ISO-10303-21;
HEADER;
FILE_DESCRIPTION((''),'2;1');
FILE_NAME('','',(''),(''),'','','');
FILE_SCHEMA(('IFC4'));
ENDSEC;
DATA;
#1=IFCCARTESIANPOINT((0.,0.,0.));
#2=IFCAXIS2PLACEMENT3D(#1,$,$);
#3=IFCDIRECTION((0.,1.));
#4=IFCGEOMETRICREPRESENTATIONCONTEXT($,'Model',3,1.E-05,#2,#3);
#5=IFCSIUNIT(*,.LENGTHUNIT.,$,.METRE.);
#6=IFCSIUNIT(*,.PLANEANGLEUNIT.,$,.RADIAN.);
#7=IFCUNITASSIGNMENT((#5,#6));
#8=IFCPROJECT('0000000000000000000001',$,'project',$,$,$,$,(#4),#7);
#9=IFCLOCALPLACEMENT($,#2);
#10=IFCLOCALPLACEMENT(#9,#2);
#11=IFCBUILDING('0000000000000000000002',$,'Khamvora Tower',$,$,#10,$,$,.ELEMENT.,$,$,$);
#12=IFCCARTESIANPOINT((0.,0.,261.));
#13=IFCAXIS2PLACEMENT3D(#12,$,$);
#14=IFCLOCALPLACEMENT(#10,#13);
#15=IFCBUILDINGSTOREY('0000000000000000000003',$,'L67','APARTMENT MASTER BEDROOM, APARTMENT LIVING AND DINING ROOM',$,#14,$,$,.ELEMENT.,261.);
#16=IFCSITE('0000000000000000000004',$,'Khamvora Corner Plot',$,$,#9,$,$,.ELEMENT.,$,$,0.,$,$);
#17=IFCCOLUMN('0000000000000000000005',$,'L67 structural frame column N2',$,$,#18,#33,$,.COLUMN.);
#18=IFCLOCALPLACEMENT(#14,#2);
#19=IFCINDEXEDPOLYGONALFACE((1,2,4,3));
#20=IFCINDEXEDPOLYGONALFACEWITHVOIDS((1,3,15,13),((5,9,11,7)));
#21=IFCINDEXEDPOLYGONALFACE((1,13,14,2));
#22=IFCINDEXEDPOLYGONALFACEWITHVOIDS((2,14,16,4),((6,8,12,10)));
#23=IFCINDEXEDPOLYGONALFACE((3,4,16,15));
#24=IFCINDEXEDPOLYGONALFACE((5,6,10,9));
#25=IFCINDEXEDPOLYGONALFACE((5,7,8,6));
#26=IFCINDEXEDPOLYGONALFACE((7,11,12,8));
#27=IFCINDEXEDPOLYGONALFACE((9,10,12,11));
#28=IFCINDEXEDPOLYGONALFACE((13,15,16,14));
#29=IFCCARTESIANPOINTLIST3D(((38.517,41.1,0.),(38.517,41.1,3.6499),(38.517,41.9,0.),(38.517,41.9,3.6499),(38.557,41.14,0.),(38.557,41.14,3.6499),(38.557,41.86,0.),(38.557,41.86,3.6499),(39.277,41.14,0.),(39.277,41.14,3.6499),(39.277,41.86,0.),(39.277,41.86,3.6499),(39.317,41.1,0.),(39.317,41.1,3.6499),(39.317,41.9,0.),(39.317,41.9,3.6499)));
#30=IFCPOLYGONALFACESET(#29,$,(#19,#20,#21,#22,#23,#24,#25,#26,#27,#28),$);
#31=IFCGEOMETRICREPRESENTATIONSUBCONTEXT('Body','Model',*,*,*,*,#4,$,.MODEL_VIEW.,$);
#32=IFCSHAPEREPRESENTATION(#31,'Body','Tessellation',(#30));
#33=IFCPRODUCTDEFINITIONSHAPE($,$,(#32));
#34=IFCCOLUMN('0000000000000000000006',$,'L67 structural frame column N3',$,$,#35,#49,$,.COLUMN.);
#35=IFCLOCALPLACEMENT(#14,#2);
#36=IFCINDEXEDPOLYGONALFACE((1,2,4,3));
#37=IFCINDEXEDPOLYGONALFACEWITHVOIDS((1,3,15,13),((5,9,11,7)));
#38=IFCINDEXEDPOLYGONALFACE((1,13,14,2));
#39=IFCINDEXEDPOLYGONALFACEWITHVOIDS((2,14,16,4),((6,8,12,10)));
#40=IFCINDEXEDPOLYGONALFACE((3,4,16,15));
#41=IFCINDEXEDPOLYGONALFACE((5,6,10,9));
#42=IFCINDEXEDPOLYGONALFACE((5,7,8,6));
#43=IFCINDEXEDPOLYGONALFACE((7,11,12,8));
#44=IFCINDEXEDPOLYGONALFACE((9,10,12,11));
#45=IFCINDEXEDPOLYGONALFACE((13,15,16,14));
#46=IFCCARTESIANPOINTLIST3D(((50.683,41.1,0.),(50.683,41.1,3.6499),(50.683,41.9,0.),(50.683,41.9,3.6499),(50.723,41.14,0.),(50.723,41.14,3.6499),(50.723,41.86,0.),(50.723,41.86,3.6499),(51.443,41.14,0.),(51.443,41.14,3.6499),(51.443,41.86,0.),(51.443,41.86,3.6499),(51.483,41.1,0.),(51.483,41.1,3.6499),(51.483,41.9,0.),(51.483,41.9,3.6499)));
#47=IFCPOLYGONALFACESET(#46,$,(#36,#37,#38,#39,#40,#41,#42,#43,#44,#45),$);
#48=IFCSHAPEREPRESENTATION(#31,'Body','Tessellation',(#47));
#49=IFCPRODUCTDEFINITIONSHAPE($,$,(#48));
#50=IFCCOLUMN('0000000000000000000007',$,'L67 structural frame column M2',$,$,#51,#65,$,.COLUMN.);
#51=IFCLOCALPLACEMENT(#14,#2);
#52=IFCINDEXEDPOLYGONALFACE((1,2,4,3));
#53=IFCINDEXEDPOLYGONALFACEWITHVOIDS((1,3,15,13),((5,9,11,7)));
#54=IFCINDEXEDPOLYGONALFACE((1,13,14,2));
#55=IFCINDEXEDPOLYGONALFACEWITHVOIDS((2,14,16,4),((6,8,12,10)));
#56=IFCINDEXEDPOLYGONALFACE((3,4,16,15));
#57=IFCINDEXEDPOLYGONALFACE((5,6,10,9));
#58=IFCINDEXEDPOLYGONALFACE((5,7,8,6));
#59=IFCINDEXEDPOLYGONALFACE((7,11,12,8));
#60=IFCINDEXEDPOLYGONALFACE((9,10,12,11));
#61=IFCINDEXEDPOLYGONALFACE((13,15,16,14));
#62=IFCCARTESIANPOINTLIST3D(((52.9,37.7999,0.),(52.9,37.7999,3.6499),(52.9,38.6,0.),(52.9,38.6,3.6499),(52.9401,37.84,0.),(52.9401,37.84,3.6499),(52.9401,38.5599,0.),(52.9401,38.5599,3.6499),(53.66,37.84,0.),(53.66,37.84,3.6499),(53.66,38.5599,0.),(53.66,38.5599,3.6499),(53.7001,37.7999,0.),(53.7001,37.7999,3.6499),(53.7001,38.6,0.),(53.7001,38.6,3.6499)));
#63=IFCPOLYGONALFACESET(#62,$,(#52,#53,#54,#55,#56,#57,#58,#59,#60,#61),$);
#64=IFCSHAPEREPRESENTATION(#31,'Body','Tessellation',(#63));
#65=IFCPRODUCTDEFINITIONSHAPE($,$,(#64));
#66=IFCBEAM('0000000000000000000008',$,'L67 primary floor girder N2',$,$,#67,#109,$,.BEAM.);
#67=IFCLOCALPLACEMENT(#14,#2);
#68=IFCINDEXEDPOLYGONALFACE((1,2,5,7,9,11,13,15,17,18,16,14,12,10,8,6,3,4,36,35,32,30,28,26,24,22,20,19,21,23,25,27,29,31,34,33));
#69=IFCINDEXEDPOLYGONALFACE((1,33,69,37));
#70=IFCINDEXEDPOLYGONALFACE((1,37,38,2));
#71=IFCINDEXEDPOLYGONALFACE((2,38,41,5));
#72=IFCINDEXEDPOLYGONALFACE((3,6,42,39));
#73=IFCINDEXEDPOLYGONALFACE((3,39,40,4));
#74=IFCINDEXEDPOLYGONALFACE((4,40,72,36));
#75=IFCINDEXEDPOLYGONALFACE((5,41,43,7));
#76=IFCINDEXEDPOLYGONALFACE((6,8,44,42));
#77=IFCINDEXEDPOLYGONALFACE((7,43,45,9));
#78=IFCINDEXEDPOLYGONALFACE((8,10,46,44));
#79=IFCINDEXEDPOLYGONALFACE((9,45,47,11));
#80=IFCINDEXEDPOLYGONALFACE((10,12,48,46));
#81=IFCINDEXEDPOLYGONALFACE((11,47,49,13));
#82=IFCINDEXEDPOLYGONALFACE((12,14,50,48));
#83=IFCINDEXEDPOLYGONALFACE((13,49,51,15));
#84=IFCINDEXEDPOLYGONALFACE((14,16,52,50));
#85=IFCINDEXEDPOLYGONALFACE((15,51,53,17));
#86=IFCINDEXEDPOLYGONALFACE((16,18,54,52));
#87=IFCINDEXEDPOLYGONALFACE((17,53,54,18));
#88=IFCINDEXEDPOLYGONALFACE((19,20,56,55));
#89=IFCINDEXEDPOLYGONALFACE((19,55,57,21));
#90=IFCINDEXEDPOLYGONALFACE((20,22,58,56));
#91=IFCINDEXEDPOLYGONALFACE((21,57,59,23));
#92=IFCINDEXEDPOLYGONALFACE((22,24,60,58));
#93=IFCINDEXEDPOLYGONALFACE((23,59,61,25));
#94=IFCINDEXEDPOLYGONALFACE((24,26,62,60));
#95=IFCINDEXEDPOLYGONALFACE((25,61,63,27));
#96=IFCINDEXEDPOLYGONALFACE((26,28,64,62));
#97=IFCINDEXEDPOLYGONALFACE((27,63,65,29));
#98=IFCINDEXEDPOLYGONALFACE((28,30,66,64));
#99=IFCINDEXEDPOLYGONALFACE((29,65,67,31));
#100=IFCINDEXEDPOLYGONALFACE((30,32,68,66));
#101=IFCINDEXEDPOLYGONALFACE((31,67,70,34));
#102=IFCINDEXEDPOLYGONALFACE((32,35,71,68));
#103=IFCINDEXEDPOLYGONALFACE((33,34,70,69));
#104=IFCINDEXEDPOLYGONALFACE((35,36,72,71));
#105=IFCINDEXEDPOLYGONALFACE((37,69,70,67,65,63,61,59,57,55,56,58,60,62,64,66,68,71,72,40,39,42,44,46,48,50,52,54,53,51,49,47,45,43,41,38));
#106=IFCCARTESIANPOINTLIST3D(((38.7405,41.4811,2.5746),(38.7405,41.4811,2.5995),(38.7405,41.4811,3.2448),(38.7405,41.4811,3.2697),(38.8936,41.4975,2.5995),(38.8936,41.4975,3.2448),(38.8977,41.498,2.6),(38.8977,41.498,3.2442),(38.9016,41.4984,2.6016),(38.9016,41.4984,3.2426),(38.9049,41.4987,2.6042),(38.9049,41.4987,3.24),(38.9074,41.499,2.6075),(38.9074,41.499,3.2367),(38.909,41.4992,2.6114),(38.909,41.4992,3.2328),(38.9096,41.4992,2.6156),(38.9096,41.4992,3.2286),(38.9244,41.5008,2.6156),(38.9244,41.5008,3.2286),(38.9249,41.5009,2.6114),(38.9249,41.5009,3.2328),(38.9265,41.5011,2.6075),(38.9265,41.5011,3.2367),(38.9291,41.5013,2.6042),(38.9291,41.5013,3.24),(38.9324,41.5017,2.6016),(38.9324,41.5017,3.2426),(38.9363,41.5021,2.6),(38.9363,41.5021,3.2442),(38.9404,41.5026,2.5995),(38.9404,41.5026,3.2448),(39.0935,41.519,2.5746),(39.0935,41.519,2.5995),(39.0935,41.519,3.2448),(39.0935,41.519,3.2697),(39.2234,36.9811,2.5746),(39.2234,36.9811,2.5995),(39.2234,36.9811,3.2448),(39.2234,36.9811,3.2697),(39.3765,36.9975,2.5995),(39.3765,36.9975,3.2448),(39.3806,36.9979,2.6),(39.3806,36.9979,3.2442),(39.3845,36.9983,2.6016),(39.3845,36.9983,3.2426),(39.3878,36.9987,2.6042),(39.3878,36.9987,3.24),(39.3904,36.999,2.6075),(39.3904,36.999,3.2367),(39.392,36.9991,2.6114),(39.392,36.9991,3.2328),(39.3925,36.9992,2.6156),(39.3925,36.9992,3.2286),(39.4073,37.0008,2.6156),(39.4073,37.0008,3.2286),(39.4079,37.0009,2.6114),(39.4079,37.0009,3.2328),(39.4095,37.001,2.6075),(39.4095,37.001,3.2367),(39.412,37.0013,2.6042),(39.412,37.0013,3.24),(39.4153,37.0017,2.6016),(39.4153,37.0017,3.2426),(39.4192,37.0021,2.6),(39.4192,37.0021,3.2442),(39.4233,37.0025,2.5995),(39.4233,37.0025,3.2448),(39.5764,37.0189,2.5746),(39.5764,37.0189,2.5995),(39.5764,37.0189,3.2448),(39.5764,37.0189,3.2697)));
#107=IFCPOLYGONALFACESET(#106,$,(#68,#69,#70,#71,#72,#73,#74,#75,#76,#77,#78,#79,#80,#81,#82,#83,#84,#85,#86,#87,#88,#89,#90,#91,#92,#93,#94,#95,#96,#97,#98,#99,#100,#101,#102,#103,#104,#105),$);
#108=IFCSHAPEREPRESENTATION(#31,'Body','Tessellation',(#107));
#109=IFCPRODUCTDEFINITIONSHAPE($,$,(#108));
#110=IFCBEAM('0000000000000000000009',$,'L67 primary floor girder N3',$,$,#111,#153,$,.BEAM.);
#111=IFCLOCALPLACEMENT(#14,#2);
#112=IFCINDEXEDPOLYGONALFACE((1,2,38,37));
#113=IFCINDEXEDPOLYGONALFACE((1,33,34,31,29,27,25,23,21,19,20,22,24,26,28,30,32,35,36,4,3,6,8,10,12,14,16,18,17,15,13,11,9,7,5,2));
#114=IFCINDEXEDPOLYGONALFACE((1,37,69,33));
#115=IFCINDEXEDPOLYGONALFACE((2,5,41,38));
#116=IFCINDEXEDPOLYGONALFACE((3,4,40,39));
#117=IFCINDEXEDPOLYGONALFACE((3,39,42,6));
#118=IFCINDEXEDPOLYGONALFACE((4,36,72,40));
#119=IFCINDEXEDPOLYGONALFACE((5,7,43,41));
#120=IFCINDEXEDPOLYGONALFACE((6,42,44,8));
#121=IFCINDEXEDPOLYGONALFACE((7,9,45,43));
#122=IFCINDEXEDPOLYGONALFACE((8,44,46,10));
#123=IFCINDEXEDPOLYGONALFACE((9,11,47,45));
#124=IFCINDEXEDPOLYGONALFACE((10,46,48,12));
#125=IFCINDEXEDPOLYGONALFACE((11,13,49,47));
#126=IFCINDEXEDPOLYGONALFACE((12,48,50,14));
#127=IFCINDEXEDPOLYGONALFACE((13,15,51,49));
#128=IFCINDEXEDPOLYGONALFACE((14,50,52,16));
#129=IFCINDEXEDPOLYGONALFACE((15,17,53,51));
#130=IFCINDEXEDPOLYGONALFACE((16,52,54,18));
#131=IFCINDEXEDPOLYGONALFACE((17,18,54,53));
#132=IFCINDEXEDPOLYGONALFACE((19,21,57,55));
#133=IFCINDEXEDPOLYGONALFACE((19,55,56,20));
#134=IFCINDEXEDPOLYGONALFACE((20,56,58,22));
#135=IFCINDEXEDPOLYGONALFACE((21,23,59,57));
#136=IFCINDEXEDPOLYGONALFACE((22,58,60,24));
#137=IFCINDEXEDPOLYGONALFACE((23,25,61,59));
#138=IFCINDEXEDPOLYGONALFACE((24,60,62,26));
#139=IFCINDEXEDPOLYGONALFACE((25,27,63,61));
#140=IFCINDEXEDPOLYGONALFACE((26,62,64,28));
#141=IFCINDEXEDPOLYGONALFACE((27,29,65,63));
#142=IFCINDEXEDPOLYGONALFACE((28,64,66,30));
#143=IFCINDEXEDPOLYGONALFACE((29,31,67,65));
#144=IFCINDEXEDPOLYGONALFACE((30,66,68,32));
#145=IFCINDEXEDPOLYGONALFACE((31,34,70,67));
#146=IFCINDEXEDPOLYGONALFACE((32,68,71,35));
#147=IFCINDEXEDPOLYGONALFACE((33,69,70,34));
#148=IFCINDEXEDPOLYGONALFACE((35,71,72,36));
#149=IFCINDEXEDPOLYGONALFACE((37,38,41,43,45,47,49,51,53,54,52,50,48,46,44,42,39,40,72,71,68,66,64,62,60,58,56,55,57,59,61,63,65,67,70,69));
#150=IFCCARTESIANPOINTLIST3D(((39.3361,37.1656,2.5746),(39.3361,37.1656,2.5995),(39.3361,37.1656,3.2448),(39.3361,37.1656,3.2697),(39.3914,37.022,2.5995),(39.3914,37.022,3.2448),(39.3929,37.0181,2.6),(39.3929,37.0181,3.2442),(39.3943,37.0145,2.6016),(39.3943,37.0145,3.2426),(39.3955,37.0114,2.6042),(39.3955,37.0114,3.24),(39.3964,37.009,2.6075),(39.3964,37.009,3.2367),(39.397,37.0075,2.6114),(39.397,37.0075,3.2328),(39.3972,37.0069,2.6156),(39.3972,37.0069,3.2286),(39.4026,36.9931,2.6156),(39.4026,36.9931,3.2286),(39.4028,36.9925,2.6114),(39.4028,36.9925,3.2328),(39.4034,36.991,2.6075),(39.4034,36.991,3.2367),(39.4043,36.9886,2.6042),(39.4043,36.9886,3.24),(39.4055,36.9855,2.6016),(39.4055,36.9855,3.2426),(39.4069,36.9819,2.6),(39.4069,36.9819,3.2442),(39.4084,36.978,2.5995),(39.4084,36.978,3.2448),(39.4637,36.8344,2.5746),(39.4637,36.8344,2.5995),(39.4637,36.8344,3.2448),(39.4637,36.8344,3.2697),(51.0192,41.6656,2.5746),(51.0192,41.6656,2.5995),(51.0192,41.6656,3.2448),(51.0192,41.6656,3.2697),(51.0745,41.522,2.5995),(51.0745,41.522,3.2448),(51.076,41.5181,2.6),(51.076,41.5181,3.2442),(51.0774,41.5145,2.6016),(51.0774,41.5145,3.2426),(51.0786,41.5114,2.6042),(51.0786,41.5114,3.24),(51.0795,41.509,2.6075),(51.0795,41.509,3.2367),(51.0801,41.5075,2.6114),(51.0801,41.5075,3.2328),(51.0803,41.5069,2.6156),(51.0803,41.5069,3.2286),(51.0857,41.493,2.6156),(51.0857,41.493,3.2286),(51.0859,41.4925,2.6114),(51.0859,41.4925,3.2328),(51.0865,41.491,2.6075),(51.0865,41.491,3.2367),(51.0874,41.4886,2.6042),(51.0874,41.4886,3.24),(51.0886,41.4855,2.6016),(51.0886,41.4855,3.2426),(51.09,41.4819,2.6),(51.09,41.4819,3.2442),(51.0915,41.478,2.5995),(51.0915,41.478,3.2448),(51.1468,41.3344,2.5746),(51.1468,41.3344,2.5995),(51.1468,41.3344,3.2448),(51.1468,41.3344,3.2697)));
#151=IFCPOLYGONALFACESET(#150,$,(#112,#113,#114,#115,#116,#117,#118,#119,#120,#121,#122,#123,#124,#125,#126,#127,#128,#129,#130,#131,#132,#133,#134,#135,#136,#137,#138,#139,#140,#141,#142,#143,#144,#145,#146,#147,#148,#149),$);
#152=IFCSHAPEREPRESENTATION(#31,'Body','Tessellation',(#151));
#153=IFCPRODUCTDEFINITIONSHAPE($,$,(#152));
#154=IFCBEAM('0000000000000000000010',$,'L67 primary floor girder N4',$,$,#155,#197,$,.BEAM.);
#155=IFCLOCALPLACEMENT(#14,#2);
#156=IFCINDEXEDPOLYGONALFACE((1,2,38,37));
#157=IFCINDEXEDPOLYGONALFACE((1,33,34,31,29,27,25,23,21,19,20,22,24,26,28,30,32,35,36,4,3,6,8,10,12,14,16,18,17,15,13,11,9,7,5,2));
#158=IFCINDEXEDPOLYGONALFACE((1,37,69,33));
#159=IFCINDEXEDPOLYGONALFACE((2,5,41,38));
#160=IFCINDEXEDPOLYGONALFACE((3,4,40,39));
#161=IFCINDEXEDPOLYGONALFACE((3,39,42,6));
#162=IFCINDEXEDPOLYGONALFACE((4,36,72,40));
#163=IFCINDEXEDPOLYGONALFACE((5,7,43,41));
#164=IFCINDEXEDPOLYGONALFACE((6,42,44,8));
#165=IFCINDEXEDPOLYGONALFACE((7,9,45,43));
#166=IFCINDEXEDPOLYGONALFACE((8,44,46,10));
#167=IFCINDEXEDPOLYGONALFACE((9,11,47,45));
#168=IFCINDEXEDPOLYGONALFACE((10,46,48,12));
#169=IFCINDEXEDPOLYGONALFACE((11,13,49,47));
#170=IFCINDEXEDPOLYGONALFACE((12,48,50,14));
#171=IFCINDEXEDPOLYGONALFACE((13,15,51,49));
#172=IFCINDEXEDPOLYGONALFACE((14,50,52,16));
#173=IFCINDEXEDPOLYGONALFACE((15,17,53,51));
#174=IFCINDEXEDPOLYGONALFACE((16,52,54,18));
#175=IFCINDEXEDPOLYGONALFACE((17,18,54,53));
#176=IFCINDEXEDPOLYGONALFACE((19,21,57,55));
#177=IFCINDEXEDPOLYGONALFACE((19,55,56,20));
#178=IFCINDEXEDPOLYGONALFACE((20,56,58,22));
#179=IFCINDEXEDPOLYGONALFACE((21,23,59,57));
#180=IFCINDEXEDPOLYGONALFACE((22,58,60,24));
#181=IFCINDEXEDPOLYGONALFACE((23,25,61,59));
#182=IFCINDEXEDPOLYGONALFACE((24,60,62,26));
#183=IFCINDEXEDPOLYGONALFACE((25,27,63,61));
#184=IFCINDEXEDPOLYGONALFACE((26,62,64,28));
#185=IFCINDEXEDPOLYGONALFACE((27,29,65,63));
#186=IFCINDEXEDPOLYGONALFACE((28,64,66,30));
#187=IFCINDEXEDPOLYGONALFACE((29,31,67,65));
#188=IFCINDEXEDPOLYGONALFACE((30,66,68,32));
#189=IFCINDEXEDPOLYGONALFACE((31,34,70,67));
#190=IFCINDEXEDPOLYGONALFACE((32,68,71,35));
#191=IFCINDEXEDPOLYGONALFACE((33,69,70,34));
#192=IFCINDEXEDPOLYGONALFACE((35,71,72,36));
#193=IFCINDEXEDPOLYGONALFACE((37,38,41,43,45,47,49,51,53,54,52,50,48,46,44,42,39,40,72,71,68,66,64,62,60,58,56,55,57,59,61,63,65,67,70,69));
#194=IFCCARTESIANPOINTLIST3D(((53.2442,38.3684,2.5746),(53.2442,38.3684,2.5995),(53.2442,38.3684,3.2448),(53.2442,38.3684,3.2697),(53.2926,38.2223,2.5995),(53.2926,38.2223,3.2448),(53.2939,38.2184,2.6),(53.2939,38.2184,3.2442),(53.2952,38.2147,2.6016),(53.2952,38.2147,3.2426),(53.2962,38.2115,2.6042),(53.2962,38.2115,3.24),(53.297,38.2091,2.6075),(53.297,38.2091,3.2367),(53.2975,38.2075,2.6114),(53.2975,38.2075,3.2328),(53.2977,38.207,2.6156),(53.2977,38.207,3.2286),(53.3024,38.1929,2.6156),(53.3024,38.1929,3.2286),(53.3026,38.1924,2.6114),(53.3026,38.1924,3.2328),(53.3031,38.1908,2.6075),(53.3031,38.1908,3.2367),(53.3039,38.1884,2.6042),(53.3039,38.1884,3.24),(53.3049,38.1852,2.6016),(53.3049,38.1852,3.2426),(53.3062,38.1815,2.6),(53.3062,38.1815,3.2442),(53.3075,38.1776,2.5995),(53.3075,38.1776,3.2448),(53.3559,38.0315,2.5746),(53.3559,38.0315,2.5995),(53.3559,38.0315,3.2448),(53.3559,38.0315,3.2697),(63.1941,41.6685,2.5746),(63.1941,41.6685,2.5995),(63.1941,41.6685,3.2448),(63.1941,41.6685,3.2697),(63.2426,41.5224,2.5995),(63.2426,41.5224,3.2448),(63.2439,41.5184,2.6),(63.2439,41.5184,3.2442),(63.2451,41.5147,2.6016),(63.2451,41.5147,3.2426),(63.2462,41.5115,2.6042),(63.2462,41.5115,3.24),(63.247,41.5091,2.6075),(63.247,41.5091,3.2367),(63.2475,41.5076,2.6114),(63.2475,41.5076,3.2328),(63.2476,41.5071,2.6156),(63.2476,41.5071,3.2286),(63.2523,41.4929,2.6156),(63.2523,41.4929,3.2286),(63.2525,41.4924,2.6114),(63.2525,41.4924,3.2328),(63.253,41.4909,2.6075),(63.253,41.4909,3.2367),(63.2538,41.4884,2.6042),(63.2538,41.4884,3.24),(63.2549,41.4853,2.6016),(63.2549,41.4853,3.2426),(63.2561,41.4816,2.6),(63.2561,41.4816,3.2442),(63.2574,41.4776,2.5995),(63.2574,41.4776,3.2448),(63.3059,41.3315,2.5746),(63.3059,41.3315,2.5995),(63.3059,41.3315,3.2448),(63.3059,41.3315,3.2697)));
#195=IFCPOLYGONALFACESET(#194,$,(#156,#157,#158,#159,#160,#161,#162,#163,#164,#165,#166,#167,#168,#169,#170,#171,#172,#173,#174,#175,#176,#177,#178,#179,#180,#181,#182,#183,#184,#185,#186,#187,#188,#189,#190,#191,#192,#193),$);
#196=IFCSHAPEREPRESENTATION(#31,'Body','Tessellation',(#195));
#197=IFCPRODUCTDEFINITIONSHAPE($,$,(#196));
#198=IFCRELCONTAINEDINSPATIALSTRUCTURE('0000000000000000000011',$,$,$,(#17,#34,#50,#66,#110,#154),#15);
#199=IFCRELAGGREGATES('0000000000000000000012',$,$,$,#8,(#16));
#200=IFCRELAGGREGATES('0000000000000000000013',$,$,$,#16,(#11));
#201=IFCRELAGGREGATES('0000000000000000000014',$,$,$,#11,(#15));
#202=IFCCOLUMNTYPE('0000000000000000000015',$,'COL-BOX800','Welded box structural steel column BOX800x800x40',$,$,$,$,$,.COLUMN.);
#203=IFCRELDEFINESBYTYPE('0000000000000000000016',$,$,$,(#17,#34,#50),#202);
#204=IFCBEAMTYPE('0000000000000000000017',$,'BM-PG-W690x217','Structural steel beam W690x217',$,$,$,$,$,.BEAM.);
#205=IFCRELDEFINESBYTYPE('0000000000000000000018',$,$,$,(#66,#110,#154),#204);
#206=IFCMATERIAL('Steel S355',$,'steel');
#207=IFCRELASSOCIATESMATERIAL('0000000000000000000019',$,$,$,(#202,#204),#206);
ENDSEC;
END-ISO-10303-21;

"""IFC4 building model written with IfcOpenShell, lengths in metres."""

from ifc_helpers import new_model, si_unit, direction, frame, origin, origin_2d, place, context, subcontext, project, spatial, hollow_rectangle, i_section, extrude, material, material_profile, profile_set, type_object, element, save


model = new_model("IFC4")

# Units and contexts
model_context = context("Model", 3, precision=1e-05, world=origin(), true_north=direction((0.0, 1.0)))
body_context = subcontext(model_context, "Body", "Model", "MODEL_VIEW")
ifc_project = project(units=[si_unit("LENGTHUNIT", "METRE"), si_unit("PLANEANGLEUNIT", "RADIAN")], contexts=[model_context])

# Site, building, storey
site_placement = place(None, origin())
site = spatial("IfcSite", under=ifc_project, at=site_placement, Name="Khamvora Corner Plot", CompositionType="ELEMENT", RefElevation=0.0)
building_placement = place(site_placement, origin())
building = spatial("IfcBuilding", under=site, at=building_placement, Name="Khamvora Tower", CompositionType="ELEMENT")
storey_placement = place(building_placement, frame((0.0, 0.0, 261.0)))
storey = spatial("IfcBuildingStorey", under=building, at=storey_placement, Name="L67", Description="APARTMENT MASTER BEDROOM, APARTMENT LIVING AND DINING ROOM", CompositionType="ELEMENT", Elevation=261.0)

# Columns
ifc_material_1 = material(Name="Steel S355", Category="steel")
ifc_material_profile_1 = material_profile(ifc_material_1, hollow_rectangle(XDim=0.8, YDim=0.8, WallThickness=0.04, at=origin_2d()), Name="BOX800x800x40")
ifc_profile_set_1 = profile_set([ifc_material_profile_1], Name="Steel S355")
column_type = type_object("IfcColumnType", Name="COL-BOX800", Description="Welded box structural steel column BOX800x800x40", PredefinedType="COLUMN", material=ifc_profile_set_1)
for number, where, z_axis, x_axis, name in (
    (1, (38.917, 41.5, 0.0), (0.0, 0.0, 1.0), (1.0, 0.0, 0.0), "L67 structural frame column N2"),
    (2, (51.083, 41.5, 0.0), (0.0, 0.0, 1.0), (1.0, 0.0, 0.0), "L67 structural frame column N3"),
    (3, (53.3, 38.2, 0.0), (0.0, 0.0, 1.0), (1.0, 0.0, 0.0), "L67 structural frame column M2"),
):
    element("IfcColumn", number, at=place(storey_placement, frame(where, z_axis=z_axis, x_axis=x_axis)), inside=storey, type_object=column_type, Name=name, PredefinedType="COLUMN", context=body_context, shape_type="SweptSolid", body=[
        extrude(hollow_rectangle(XDim=0.8, YDim=0.8, WallThickness=0.04, at=origin_2d()), origin(), (0.0, 0.0, 1.0), 3.6499),
    ])

# Beams
ifc_material_profile_2 = material_profile(ifc_material_1, i_section(OverallWidth=0.355, OverallDepth=0.6951, WebThickness=0.0149, FlangeThickness=0.0249, FilletRadius=0.0161, at=origin_2d()), Name="W690x217")
ifc_profile_set_2 = profile_set([ifc_material_profile_2], Name="Steel S355")
beam_type_1 = type_object("IfcBeamType", Name="BM-PG-W690x217", Description="Structural steel beam W690x217", PredefinedType="BEAM", material=ifc_profile_set_2)
beam_1_placement = place(storey_placement, frame((39.3999, 37.0, 2.9221), z_axis=(-0.106701, 0.994291, 0.0), x_axis=(-0.994291, -0.106701, 0.0)))
element("IfcBeam", 4, at=beam_1_placement, inside=storey, type_object=beam_type_1, Name="L67 primary floor girder N2", PredefinedType="BEAM", context=body_context, shape_type="SweptSolid", body=[
    extrude(i_section(OverallWidth=0.355, OverallDepth=0.6951, WebThickness=0.0149, FlangeThickness=0.0249, FilletRadius=0.0161, at=origin_2d()), origin(), (0.0, 0.0, 1.0), 4.5259),
])
beam_2_placement = place(storey_placement, frame((39.3999, 37.0, 2.9221), z_axis=(0.933172, 0.359431, 0.0), x_axis=(-0.359431, 0.933172, 0.0)))
element("IfcBeam", 5, at=beam_2_placement, inside=storey, type_object=beam_type_1, Name="L67 primary floor girder N3", PredefinedType="BEAM", context=body_context, shape_type="SweptSolid", body=[
    extrude(i_section(OverallWidth=0.355, OverallDepth=0.6951, WebThickness=0.0149, FlangeThickness=0.0249, FilletRadius=0.0161, at=origin_2d()), origin(), (0.0, 0.0, 1.0), 12.5198),
])
beam_3_placement = place(storey_placement, frame((53.3, 38.2, 2.9221), z_axis=(0.949157, 0.314802, 0.0), x_axis=(-0.314802, 0.949157, 0.0)))
element("IfcBeam", 6, at=beam_3_placement, inside=storey, type_object=beam_type_1, Name="L67 primary floor girder N4", PredefinedType="BEAM", context=body_context, shape_type="SweptSolid", body=[
    extrude(i_section(OverallWidth=0.355, OverallDepth=0.6951, WebThickness=0.0149, FlangeThickness=0.0249, FilletRadius=0.0161, at=origin_2d()), origin(), (0.0, 0.0, 1.0), 10.4829),
])

save(model, "model.ifc")
